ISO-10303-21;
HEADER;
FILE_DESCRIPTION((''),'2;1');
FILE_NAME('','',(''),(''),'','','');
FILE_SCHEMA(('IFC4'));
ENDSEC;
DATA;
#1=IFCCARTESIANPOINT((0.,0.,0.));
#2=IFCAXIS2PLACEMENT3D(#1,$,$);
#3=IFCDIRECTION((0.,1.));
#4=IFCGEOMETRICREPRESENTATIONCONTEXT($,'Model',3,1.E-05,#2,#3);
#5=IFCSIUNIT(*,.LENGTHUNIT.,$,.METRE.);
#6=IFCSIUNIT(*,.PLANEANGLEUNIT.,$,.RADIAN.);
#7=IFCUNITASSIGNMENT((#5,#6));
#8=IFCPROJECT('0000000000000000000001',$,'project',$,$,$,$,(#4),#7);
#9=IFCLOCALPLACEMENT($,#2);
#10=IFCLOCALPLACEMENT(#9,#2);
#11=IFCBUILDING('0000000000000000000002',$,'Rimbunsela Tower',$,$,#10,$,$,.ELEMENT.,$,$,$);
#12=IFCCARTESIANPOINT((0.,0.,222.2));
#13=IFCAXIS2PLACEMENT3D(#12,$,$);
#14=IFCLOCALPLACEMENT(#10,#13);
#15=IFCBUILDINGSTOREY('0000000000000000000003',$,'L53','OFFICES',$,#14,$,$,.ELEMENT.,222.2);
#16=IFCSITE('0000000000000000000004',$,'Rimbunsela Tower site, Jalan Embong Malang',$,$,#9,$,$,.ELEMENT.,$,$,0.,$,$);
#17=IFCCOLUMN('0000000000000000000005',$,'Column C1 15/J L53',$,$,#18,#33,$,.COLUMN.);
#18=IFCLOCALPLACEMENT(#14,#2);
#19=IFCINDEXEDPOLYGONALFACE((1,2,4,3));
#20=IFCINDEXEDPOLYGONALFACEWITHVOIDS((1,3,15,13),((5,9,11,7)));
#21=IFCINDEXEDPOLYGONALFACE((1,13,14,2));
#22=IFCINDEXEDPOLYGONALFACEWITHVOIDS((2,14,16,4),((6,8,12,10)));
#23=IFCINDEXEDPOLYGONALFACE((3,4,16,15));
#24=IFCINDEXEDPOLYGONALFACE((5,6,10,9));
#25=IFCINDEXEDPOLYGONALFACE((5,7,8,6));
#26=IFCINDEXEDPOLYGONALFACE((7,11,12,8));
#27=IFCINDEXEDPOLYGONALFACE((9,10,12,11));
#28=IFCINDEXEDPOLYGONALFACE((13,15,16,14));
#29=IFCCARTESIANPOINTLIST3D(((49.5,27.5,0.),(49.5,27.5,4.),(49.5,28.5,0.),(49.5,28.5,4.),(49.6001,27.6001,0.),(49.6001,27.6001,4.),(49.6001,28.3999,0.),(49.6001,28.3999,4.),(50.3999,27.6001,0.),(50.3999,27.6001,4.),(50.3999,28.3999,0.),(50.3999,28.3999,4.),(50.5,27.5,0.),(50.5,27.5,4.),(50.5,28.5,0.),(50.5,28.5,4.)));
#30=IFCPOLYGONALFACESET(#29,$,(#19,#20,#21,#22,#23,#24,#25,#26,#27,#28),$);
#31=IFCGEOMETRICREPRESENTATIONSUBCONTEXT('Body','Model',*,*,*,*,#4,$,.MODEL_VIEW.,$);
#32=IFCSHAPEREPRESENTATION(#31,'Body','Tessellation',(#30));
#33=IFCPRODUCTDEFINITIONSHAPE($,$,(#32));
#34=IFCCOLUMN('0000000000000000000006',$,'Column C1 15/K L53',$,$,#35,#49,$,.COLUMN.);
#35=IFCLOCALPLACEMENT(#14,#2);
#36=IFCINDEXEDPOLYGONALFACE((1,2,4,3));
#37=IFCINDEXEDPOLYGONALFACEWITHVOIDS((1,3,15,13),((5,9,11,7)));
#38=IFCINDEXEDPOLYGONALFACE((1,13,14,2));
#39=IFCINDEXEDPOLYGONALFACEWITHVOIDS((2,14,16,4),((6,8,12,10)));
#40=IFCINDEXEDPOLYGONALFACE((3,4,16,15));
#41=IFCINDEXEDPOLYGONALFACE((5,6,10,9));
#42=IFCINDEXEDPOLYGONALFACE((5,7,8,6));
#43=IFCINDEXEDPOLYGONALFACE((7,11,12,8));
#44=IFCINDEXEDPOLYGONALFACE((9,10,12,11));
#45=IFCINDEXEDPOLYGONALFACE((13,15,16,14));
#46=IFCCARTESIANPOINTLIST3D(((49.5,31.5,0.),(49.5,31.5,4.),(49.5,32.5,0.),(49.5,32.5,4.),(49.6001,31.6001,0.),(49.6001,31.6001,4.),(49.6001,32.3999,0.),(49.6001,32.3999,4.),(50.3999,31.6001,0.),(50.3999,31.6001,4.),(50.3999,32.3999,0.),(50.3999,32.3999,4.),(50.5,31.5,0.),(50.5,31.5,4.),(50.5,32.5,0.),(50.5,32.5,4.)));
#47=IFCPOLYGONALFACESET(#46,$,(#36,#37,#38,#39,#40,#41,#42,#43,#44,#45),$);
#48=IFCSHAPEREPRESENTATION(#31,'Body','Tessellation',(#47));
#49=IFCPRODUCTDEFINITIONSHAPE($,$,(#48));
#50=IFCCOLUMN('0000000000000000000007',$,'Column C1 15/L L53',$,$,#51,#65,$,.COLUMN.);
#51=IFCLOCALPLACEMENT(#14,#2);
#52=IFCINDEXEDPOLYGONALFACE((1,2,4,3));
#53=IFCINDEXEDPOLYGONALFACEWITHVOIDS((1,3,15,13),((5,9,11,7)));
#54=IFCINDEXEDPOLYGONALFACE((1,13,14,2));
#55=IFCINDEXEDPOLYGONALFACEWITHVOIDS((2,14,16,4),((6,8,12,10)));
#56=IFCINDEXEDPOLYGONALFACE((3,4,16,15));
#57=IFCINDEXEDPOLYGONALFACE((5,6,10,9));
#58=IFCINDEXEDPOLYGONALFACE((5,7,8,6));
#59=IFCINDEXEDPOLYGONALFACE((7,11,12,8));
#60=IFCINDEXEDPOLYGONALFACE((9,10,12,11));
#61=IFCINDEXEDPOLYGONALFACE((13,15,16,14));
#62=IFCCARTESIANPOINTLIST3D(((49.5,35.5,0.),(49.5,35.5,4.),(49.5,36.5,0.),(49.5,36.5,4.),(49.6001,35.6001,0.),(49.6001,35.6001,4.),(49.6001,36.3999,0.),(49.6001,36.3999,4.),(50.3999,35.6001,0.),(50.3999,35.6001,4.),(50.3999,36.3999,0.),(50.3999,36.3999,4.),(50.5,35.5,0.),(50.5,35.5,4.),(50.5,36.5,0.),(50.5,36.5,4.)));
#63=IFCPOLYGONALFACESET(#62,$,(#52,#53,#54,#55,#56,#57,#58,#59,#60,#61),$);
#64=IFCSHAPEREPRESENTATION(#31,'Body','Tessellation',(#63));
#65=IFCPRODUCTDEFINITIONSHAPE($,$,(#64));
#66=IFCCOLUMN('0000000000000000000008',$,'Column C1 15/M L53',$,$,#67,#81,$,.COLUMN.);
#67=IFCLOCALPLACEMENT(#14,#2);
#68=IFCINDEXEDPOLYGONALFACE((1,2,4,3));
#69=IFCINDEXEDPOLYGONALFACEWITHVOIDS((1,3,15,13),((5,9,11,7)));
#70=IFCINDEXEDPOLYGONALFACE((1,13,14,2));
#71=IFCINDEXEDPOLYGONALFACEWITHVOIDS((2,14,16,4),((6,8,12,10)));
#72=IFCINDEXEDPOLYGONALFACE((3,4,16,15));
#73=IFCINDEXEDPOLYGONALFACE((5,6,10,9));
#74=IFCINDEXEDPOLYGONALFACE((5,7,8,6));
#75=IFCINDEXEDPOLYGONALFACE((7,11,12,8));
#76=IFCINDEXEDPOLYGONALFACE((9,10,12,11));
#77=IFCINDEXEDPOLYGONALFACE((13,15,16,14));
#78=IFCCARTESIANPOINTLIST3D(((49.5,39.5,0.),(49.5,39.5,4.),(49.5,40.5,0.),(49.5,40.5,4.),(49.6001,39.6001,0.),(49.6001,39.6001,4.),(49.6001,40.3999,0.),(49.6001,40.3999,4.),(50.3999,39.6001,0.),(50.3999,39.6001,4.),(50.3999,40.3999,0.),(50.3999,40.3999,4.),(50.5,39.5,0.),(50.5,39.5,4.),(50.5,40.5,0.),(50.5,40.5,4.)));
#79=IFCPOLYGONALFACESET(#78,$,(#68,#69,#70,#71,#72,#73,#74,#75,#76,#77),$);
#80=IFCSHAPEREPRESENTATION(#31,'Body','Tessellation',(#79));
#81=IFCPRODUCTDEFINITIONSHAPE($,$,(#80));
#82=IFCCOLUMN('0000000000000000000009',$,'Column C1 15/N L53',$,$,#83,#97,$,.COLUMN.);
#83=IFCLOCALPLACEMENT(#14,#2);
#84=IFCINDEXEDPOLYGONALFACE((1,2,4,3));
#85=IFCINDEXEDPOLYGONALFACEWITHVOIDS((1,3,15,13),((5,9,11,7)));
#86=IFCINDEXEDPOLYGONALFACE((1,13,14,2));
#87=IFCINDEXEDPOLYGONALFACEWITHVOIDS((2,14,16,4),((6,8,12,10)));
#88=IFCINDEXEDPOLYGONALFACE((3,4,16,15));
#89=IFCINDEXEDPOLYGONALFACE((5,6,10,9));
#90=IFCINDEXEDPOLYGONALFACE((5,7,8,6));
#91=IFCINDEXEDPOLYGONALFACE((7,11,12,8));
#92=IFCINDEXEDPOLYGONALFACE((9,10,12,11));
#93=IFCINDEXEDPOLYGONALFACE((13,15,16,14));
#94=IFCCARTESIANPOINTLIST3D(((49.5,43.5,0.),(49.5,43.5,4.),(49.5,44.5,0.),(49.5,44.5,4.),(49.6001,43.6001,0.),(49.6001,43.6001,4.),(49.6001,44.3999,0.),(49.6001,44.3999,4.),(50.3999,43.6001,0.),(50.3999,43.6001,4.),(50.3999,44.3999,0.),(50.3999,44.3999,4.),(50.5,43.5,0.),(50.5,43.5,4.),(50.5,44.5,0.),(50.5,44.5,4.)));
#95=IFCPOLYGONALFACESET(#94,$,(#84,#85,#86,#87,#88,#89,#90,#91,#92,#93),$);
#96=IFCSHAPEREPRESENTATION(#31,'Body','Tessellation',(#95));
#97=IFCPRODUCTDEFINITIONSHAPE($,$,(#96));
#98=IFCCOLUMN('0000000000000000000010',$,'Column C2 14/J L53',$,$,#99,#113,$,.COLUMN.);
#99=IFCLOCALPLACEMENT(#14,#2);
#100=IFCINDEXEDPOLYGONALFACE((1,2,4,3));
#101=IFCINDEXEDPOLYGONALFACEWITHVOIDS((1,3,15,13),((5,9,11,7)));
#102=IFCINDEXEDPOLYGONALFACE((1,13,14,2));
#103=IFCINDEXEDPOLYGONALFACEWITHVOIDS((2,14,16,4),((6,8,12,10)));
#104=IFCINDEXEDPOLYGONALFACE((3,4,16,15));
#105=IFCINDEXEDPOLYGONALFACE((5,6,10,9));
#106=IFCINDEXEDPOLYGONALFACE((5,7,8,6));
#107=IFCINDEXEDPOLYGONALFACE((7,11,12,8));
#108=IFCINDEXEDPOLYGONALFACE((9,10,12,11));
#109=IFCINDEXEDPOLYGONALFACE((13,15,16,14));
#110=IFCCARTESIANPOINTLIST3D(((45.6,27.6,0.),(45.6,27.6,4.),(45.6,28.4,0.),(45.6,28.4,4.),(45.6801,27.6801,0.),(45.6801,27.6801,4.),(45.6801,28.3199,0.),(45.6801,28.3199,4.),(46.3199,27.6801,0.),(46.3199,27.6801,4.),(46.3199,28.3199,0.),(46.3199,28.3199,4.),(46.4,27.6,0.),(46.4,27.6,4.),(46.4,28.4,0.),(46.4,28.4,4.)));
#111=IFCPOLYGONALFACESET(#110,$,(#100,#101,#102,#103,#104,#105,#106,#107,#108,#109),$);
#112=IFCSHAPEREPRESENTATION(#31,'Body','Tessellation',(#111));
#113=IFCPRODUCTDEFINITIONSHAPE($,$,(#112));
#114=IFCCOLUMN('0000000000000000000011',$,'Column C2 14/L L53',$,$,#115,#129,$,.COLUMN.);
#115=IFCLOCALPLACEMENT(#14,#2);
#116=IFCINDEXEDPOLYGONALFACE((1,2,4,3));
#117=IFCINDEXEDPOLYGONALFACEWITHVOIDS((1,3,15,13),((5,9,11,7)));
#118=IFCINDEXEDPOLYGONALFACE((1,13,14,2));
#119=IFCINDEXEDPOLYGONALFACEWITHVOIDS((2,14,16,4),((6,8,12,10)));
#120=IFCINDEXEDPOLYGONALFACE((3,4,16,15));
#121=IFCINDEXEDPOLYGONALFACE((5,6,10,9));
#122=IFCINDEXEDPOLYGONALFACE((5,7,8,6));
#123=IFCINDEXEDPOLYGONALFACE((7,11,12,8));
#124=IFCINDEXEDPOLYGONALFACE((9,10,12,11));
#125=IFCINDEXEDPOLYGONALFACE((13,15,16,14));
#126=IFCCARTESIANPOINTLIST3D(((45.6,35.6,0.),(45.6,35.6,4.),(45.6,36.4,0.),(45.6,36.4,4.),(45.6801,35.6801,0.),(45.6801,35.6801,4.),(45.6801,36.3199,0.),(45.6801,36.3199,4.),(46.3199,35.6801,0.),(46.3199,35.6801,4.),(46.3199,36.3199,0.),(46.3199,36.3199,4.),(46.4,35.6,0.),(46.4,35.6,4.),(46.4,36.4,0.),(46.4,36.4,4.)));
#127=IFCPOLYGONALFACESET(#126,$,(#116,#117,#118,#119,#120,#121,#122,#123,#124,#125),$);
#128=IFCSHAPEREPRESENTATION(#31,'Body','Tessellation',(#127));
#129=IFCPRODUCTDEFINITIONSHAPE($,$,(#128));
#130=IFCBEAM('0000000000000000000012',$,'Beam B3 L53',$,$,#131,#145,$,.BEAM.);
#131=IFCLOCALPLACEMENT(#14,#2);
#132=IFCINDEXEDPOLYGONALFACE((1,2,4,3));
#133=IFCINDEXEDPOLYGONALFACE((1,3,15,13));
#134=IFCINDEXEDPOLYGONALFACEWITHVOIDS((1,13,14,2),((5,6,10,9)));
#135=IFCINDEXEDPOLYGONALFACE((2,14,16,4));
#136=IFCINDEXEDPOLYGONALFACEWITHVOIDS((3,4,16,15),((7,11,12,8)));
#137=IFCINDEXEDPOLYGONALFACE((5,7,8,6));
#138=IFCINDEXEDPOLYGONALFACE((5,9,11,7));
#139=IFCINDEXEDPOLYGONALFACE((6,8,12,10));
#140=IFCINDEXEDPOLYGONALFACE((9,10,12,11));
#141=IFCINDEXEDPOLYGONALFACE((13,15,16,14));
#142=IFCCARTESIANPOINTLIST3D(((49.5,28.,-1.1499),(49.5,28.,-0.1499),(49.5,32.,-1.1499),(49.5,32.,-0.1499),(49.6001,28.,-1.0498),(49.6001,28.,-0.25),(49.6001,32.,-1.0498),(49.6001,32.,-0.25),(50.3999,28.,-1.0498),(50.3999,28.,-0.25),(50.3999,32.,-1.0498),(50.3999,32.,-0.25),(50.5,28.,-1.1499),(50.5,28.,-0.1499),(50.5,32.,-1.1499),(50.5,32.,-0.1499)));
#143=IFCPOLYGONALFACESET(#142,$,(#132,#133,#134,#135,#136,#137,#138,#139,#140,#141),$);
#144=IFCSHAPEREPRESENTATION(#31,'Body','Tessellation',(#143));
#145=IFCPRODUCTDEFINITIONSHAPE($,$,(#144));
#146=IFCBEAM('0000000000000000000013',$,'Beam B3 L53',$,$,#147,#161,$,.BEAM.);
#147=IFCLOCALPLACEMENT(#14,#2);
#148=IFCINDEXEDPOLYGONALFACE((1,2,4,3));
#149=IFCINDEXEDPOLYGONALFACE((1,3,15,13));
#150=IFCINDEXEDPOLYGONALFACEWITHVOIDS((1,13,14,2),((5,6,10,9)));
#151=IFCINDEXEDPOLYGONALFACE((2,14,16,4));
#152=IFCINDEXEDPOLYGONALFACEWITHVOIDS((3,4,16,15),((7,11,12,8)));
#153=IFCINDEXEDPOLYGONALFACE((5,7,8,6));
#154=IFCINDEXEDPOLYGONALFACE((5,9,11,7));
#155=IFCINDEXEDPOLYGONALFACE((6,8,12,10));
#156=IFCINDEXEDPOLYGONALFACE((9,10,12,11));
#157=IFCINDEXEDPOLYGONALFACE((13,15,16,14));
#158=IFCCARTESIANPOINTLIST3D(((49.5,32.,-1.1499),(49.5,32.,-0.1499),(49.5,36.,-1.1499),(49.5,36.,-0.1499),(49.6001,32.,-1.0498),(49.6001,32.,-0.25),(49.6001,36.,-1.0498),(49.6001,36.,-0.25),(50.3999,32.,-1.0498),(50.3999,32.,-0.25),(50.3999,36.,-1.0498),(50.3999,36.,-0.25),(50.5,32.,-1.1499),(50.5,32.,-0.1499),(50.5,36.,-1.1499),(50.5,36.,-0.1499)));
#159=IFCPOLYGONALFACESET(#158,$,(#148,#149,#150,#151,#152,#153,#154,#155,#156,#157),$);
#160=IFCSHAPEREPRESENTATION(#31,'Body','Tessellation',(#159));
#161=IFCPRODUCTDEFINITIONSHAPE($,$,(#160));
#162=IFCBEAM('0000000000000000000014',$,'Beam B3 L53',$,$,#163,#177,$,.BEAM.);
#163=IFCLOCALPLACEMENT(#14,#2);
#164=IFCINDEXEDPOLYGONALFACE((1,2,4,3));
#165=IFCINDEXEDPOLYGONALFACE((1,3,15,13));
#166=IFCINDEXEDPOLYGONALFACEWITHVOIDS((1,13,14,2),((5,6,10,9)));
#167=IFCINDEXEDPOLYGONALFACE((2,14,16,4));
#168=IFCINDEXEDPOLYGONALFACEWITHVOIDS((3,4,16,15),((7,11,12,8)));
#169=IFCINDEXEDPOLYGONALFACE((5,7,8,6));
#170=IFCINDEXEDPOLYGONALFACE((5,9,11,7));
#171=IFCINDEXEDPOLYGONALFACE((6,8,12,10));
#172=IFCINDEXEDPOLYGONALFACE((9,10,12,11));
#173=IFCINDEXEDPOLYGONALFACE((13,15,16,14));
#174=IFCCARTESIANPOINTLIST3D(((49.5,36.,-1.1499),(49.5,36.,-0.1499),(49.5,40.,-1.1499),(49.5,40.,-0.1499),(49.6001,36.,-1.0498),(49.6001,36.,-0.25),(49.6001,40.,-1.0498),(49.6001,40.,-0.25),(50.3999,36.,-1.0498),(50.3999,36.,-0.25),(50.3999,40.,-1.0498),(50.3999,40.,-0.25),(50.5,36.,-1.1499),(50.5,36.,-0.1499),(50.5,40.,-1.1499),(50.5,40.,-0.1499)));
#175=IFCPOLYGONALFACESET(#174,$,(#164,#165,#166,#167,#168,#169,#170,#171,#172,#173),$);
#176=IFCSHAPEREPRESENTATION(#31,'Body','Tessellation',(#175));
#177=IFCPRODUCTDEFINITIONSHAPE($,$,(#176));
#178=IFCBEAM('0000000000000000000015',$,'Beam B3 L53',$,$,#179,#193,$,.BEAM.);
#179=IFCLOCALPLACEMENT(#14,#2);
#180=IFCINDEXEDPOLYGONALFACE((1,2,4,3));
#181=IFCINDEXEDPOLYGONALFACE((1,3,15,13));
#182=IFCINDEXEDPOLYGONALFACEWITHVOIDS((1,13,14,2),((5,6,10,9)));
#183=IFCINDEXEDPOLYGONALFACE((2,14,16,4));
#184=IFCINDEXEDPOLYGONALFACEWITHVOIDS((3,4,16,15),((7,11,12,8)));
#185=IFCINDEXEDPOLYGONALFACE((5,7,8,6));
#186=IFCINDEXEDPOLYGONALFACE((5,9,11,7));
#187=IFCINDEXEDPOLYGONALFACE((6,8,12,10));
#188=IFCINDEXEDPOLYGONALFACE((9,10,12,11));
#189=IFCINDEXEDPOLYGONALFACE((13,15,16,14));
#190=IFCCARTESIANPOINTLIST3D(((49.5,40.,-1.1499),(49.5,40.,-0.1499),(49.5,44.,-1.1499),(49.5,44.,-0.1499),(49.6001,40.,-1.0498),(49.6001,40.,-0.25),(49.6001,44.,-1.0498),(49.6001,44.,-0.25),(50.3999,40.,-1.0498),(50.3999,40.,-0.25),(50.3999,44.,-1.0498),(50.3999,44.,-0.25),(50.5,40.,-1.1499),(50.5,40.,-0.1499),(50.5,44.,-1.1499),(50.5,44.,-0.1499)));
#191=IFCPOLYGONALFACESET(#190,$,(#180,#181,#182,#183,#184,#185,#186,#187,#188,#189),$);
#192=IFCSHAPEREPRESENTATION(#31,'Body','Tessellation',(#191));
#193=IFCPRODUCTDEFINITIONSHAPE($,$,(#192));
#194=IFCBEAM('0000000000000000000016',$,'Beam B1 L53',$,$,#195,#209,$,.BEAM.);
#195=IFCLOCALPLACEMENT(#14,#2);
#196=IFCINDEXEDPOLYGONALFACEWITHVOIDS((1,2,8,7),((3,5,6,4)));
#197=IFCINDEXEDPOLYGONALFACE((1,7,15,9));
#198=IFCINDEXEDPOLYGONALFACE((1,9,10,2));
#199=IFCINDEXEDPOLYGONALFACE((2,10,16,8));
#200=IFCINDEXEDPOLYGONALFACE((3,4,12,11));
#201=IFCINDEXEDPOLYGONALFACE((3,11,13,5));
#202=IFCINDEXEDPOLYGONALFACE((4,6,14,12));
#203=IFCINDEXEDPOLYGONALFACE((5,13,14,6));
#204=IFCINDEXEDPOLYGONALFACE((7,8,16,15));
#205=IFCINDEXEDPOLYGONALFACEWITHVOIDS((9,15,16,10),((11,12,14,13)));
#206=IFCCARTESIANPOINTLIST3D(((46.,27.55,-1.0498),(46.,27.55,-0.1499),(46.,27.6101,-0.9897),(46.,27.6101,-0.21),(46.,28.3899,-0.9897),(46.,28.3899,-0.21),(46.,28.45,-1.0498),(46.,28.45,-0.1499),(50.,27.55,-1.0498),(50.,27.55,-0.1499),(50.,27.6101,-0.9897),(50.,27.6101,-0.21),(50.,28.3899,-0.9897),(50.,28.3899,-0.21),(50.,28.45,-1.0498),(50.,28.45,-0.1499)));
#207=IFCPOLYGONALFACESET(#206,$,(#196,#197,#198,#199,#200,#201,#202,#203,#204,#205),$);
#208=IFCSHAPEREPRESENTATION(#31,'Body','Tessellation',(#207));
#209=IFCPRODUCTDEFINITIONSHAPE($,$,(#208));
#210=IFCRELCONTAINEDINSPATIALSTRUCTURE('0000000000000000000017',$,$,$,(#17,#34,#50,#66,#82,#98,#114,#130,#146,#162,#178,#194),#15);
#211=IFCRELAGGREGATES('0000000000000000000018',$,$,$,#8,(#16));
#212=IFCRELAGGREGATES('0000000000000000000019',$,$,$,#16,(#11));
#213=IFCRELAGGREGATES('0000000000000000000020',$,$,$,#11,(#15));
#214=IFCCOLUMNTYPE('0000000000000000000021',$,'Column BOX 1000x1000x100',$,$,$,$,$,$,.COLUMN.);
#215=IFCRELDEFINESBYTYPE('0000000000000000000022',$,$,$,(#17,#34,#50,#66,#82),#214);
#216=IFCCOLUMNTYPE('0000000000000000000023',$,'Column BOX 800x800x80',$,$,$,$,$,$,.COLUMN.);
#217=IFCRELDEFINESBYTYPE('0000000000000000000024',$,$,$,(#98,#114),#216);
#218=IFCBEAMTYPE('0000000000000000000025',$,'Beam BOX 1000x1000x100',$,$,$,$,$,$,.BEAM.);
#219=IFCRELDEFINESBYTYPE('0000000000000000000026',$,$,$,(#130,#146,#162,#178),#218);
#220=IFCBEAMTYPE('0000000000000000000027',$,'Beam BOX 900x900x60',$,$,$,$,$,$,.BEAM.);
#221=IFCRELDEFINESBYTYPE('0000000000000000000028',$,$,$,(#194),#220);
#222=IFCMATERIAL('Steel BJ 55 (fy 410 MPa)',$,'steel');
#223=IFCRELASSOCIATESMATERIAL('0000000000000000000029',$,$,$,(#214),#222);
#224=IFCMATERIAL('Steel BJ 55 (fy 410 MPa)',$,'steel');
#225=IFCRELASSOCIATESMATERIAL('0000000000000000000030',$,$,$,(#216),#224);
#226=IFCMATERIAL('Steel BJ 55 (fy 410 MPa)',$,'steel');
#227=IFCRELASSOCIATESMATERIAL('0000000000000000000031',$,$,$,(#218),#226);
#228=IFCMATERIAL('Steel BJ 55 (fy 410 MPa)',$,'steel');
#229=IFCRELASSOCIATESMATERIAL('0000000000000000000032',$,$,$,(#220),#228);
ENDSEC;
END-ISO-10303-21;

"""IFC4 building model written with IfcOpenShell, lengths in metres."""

from ifc_helpers import new_model, si_unit, direction, frame, origin, origin_2d, place, context, subcontext, project, spatial, hollow_rectangle, extrude, material, material_profile, profile_set, type_object, element, save


model = new_model("IFC4")

# Units and contexts
model_context = context("Model", 3, precision=1e-05, world=origin(), true_north=direction((0.0, 1.0)))
body_context = subcontext(model_context, "Body", "Model", "MODEL_VIEW")
ifc_project = project(units=[si_unit("LENGTHUNIT", "METRE"), si_unit("PLANEANGLEUNIT", "RADIAN")], contexts=[model_context])

# Site, building, storey
site_placement = place(None, origin())
site = spatial("IfcSite", under=ifc_project, at=site_placement, Name="Rimbunsela Tower site, Jalan Embong Malang", CompositionType="ELEMENT", RefElevation=0.0)
building_placement = place(site_placement, origin())
building = spatial("IfcBuilding", under=site, at=building_placement, Name="Rimbunsela Tower", CompositionType="ELEMENT")
storey_placement = place(building_placement, frame((0.0, 0.0, 222.2)))
storey = spatial("IfcBuildingStorey", under=building, at=storey_placement, Name="L53", Description="OFFICES", CompositionType="ELEMENT", Elevation=222.2)

# Columns
ifc_material_1 = material(Name="Steel BJ 55 (fy 410 MPa)", Category="steel")
ifc_material_profile_1 = material_profile(ifc_material_1, hollow_rectangle(XDim=1.0, YDim=1.0, WallThickness=0.1001, at=origin_2d()), Name="BOX 1000x1000x100")
ifc_profile_set_1 = profile_set([ifc_material_profile_1], Name="Steel BJ 55 (fy 410 MPa)")
column_type_1 = type_object("IfcColumnType", Name="Column BOX 1000x1000x100", PredefinedType="COLUMN", material=ifc_profile_set_1)
for number, where, z_axis, x_axis, name in (
    (1, (50.0, 28.0, 0.0), (0.0, 0.0, 1.0), (1.0, 0.0, 0.0), "Column C1 15/J L53"),
    (2, (50.0, 32.0, 0.0), (0.0, 0.0, 1.0), (1.0, 0.0, 0.0), "Column C1 15/K L53"),
    (3, (50.0, 36.0, 0.0), (0.0, 0.0, 1.0), (1.0, 0.0, 0.0), "Column C1 15/L L53"),
    (4, (50.0, 40.0, 0.0), (0.0, 0.0, 1.0), (1.0, 0.0, 0.0), "Column C1 15/M L53"),
    (5, (50.0, 44.0, 0.0), (0.0, 0.0, 1.0), (1.0, 0.0, 0.0), "Column C1 15/N L53"),
):
    element("IfcColumn", number, at=place(storey_placement, frame(where, z_axis=z_axis, x_axis=x_axis)), inside=storey, type_object=column_type_1, Name=name, PredefinedType="COLUMN", context=body_context, shape_type="SweptSolid", body=[
        extrude(hollow_rectangle(XDim=1.0, YDim=1.0, WallThickness=0.1001, at=origin_2d()), origin(), (0.0, 0.0, 1.0), 4.0),
    ])
ifc_material_2 = material(Name="Steel BJ 55 (fy 410 MPa)", Category="steel")
ifc_material_profile_2 = material_profile(ifc_material_2, hollow_rectangle(XDim=0.8, YDim=0.8, WallThickness=0.0801, at=origin_2d()), Name="BOX 800x800x80")
ifc_profile_set_2 = profile_set([ifc_material_profile_2], Name="Steel BJ 55 (fy 410 MPa)")
column_type_2 = type_object("IfcColumnType", Name="Column BOX 800x800x80", PredefinedType="COLUMN", material=ifc_profile_set_2)
for number, where, z_axis, x_axis, name in (
    (6, (46.0, 28.0, 0.0), (0.0, 0.0, 1.0), (1.0, 0.0, 0.0), "Column C2 14/J L53"),
    (7, (46.0, 36.0, 0.0), (0.0, 0.0, 1.0), (1.0, 0.0, 0.0), "Column C2 14/L L53"),
):
    element("IfcColumn", number, at=place(storey_placement, frame(where, z_axis=z_axis, x_axis=x_axis)), inside=storey, type_object=column_type_2, Name=name, PredefinedType="COLUMN", context=body_context, shape_type="SweptSolid", body=[
        extrude(hollow_rectangle(XDim=0.8, YDim=0.8, WallThickness=0.0801, at=origin_2d()), origin(), (0.0, 0.0, 1.0), 4.0),
    ])

# Beams
ifc_material_3 = material(Name="Steel BJ 55 (fy 410 MPa)", Category="steel")
ifc_material_profile_3 = material_profile(ifc_material_3, hollow_rectangle(XDim=1.0, YDim=1.0, WallThickness=0.1001, at=origin_2d()), Name="BOX 1000x1000x100")
ifc_profile_set_3 = profile_set([ifc_material_profile_3], Name="Steel BJ 55 (fy 410 MPa)")
beam_type_1 = type_object("IfcBeamType", Name="Beam BOX 1000x1000x100", PredefinedType="BEAM", material=ifc_profile_set_3)
for number, where, z_axis, x_axis, name in (
    (8, (50.0, 28.0, -0.6499), (0.0, 1.0, 0.0), (-1.0, 0.0, 0.0), "Beam B3 L53"),
    (9, (50.0, 32.0, -0.6499), (0.0, 1.0, 0.0), (-1.0, 0.0, 0.0), "Beam B3 L53"),
    (10, (50.0, 36.0, -0.6499), (0.0, 1.0, 0.0), (-1.0, 0.0, 0.0), "Beam B3 L53"),
    (11, (50.0, 40.0, -0.6499), (0.0, 1.0, 0.0), (-1.0, 0.0, 0.0), "Beam B3 L53"),
):
    element("IfcBeam", number, at=place(storey_placement, frame(where, z_axis=z_axis, x_axis=x_axis)), inside=storey, type_object=beam_type_1, Name=name, PredefinedType="BEAM", context=body_context, shape_type="SweptSolid", body=[
        extrude(hollow_rectangle(XDim=1.0, YDim=1.0, WallThickness=0.1001, at=origin_2d()), origin(), (0.0, 0.0, 1.0), 4.0),
    ])
ifc_material_4 = material(Name="Steel BJ 55 (fy 410 MPa)", Category="steel")
ifc_material_profile_4 = material_profile(ifc_material_4, hollow_rectangle(XDim=0.8999, YDim=0.8999, WallThickness=0.0601, at=origin_2d()), Name="BOX 900x900x60")
ifc_profile_set_4 = profile_set([ifc_material_profile_4], Name="Steel BJ 55 (fy 410 MPa)")
beam_type_2 = type_object("IfcBeamType", Name="Beam BOX 900x900x60", PredefinedType="BEAM", material=ifc_profile_set_4)
beam_1_placement = place(storey_placement, frame((46.0, 28.0, -0.5999), z_axis=(1.0, 0.0, 0.0), x_axis=(0.0, 1.0, 0.0)))
element("IfcBeam", 12, at=beam_1_placement, inside=storey, type_object=beam_type_2, Name="Beam B1 L53", PredefinedType="BEAM", context=body_context, shape_type="SweptSolid", body=[
    extrude(hollow_rectangle(XDim=0.8999, YDim=0.8999, WallThickness=0.0601, at=origin_2d()), origin(), (0.0, 0.0, 1.0), 4.0),
])

save(model, "model.ifc")
